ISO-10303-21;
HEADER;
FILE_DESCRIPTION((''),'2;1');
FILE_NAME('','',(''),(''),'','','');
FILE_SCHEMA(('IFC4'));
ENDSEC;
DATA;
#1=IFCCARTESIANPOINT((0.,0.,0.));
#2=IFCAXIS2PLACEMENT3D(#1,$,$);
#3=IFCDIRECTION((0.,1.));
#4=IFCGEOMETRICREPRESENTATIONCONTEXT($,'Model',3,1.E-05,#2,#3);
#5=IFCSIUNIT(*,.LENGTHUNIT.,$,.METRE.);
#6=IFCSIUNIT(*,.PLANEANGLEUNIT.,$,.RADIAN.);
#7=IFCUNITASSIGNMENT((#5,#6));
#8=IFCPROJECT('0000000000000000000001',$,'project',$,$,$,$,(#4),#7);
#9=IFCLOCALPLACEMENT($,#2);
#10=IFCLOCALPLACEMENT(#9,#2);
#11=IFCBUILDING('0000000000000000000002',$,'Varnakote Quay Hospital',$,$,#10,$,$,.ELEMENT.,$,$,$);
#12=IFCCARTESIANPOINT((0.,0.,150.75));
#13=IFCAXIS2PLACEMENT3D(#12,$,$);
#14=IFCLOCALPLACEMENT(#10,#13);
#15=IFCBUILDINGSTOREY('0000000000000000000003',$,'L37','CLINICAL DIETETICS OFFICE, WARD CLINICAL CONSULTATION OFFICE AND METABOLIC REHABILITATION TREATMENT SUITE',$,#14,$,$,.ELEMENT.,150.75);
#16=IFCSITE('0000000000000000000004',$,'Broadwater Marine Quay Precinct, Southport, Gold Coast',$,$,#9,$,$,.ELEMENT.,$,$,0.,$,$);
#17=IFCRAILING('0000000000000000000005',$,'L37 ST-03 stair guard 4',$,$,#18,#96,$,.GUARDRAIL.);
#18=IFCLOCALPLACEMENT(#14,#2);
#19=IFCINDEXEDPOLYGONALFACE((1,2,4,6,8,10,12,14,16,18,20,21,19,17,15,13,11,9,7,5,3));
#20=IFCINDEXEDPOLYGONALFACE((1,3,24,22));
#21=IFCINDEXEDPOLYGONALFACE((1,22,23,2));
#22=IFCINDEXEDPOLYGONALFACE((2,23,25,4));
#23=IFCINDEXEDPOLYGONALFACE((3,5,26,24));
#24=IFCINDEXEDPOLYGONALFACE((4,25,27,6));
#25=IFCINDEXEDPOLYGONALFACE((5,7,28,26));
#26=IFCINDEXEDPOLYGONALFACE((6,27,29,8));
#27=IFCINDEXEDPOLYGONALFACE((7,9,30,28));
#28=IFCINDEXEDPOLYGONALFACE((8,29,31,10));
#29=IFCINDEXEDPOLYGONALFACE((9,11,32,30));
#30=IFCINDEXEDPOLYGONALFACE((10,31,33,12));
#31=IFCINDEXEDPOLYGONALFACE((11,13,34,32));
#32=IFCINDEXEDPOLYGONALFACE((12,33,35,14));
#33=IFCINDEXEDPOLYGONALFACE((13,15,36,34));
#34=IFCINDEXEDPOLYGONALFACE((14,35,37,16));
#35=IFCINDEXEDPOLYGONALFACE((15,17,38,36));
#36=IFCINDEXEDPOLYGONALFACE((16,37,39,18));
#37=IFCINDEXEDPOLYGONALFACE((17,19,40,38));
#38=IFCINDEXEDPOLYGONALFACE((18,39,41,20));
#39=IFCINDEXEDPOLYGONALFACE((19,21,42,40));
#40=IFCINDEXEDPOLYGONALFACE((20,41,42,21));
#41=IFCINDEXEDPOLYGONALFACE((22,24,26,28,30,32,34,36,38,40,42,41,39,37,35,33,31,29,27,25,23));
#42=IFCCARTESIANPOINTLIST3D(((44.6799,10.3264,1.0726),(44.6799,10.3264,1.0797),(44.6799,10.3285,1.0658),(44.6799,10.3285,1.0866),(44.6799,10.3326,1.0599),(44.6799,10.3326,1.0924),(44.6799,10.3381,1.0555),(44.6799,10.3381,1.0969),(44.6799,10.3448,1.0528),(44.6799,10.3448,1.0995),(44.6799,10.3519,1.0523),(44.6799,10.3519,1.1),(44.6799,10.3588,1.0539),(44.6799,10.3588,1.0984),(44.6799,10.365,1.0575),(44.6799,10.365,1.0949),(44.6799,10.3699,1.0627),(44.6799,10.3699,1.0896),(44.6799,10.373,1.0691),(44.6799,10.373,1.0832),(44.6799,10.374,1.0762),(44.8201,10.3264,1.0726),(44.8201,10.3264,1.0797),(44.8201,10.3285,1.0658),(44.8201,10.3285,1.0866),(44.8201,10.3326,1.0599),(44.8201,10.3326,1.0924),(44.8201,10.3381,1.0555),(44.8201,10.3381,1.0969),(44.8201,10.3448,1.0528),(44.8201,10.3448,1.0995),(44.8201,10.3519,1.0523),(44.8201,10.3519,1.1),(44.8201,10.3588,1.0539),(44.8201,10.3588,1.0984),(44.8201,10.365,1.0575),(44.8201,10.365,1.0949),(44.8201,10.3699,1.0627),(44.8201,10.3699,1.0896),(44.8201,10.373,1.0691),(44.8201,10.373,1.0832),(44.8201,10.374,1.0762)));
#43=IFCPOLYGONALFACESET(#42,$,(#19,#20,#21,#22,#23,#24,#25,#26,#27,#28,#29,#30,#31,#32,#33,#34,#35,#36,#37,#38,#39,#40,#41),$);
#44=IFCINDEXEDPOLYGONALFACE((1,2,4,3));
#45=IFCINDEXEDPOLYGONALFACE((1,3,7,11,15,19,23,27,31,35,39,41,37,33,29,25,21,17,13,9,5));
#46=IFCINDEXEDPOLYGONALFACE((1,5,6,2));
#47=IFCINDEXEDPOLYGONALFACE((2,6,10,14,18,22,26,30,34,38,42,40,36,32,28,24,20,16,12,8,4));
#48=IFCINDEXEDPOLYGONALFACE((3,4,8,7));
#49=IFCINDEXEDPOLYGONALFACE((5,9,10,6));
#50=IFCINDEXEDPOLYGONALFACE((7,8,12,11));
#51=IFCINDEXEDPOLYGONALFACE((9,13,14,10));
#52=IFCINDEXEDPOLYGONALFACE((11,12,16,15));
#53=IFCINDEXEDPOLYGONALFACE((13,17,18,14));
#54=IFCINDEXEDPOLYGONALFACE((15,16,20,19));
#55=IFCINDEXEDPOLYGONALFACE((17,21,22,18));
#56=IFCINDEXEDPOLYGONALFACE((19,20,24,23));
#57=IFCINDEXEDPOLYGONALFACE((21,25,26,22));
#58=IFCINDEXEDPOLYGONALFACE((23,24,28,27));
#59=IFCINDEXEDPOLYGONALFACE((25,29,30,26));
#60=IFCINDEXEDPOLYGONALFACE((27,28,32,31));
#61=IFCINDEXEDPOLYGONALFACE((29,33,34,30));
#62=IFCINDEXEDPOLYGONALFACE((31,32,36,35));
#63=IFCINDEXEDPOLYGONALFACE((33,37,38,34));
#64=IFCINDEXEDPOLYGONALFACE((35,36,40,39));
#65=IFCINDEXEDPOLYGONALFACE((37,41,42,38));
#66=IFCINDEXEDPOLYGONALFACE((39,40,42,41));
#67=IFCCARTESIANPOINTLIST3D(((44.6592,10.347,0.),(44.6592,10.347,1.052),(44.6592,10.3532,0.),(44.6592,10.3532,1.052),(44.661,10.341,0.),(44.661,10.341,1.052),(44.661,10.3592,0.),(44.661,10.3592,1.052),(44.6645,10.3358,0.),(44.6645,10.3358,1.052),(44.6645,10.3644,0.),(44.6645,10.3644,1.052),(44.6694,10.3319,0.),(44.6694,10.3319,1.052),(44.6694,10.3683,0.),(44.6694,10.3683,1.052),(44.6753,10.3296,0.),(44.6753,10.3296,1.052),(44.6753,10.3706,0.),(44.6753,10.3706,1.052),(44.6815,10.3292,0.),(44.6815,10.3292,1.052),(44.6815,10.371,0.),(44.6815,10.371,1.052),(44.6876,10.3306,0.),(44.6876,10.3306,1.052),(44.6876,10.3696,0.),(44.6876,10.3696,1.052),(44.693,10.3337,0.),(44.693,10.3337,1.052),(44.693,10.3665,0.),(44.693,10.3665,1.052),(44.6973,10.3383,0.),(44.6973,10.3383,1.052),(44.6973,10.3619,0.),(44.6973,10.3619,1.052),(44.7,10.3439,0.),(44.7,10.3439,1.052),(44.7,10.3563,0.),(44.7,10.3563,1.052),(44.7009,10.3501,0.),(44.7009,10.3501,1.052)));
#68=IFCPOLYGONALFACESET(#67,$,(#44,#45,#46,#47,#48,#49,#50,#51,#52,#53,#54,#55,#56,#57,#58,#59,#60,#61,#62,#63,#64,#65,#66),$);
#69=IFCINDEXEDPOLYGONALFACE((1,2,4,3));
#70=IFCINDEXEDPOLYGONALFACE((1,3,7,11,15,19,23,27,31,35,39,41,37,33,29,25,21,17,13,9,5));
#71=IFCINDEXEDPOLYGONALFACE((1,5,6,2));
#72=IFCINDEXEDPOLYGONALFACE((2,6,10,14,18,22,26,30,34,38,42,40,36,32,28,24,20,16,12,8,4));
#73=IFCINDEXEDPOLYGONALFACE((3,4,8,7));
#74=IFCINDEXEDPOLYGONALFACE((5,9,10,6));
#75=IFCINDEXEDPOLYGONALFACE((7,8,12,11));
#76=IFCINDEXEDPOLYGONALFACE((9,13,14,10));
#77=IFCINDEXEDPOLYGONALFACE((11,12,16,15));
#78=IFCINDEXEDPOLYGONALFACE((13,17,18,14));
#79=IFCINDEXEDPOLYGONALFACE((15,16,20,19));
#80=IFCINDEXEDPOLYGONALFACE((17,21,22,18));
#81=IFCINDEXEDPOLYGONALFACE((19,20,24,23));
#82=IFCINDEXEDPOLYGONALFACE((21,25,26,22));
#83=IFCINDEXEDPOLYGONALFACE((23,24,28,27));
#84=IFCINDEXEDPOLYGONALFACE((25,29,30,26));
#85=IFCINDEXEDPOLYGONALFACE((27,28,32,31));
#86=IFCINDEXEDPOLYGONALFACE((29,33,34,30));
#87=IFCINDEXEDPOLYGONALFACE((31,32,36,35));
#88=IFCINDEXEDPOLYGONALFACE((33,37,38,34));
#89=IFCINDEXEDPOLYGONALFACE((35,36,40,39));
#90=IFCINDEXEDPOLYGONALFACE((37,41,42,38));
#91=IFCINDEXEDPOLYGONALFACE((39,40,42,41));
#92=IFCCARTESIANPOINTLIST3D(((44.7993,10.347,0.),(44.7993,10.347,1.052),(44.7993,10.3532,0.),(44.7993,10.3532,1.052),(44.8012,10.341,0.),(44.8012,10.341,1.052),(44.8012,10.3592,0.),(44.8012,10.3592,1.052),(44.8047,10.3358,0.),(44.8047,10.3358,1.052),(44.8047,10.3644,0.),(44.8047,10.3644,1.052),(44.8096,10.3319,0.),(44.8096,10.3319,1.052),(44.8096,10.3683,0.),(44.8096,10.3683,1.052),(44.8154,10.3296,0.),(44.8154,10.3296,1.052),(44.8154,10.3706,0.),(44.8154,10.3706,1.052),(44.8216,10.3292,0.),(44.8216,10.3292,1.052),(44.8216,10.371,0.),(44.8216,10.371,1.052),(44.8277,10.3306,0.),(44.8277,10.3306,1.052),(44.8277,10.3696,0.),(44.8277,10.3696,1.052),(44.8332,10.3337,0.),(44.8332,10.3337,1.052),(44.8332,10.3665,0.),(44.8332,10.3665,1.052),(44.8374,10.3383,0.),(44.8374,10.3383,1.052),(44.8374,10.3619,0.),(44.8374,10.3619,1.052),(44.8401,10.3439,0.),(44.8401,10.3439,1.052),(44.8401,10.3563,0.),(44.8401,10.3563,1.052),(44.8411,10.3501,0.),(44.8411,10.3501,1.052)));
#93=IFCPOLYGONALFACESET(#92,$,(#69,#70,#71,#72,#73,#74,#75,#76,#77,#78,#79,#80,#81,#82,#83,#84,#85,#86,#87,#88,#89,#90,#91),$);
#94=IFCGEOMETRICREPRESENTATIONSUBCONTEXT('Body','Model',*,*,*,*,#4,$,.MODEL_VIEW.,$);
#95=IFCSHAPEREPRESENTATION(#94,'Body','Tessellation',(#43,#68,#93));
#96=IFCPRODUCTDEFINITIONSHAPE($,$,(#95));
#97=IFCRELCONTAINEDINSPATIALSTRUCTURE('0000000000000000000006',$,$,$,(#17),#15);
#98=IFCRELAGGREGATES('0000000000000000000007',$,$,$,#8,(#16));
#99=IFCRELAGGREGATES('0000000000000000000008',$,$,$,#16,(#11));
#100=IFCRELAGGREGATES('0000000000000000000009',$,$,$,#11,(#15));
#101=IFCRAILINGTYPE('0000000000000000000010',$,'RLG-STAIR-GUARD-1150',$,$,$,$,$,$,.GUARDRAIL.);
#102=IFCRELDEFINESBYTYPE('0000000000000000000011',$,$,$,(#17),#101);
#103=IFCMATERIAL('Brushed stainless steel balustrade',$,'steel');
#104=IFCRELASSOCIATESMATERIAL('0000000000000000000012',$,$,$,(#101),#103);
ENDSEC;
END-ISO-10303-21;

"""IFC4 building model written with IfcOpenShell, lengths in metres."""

from ifc_helpers import new_model, si_unit, direction, frame, origin, origin_2d, place, context, subcontext, project, spatial, circle, extrude, material, type_object, element, save


model = new_model("IFC4")

# Units and contexts
model_context = context("Model", 3, precision=1e-05, world=origin(), true_north=direction((0.0, 1.0)))
body_context = subcontext(model_context, "Body", "Model", "MODEL_VIEW")
ifc_project = project(units=[si_unit("LENGTHUNIT", "METRE"), si_unit("PLANEANGLEUNIT", "RADIAN")], contexts=[model_context])

# Site, building, storey
site_placement = place(None, origin())
site = spatial("IfcSite", under=ifc_project, at=site_placement, Name="Broadwater Marine Quay Precinct, Southport, Gold Coast", CompositionType="ELEMENT", RefElevation=0.0)
building_placement = place(site_placement, origin())
building = spatial("IfcBuilding", under=site, at=building_placement, Name="Varnakote Quay Hospital", CompositionType="ELEMENT")
storey_placement = place(building_placement, frame((0.0, 0.0, 150.75)))
storey = spatial("IfcBuildingStorey", under=building, at=storey_placement, Name="L37", Description="CLINICAL DIETETICS OFFICE, WARD CLINICAL CONSULTATION OFFICE AND METABOLIC REHABILITATION TREATMENT SUITE", CompositionType="ELEMENT", Elevation=150.75)

# Railing
ifc_material_1 = material(Name="Brushed stainless steel balustrade", Category="steel")
railing_type_1 = type_object("IfcRailingType", Name="RLG-STAIR-GUARD-1150", PredefinedType="GUARDRAIL", material=ifc_material_1)
railing_1_placement = place(storey_placement, frame((44.6799, 10.3501, 0.0)))
element("IfcRailing", 1, at=railing_1_placement, inside=storey, type_object=railing_type_1, Name="L37 ST-03 stair guard 4", PredefinedType="GUARDRAIL", context=body_context, shape_type="SweptSolid", body=[
    extrude(circle(Radius=0.0239, at=origin_2d()), frame((0.0, 0.0, 1.0762), z_axis=(1.0, 0.0, 0.0), x_axis=(0.0, 1.0, 0.0)), (0.0, 0.0, 1.0), 0.1401),
    extrude(circle(Radius=0.021, at=origin_2d()), origin(), (0.0, 0.0, 1.0), 1.052),
    extrude(circle(Radius=0.021, at=origin_2d()), frame((0.1401, 0.0, 0.0)), (0.0, 0.0, 1.0), 1.052),
])

save(model, "model.ifc")
